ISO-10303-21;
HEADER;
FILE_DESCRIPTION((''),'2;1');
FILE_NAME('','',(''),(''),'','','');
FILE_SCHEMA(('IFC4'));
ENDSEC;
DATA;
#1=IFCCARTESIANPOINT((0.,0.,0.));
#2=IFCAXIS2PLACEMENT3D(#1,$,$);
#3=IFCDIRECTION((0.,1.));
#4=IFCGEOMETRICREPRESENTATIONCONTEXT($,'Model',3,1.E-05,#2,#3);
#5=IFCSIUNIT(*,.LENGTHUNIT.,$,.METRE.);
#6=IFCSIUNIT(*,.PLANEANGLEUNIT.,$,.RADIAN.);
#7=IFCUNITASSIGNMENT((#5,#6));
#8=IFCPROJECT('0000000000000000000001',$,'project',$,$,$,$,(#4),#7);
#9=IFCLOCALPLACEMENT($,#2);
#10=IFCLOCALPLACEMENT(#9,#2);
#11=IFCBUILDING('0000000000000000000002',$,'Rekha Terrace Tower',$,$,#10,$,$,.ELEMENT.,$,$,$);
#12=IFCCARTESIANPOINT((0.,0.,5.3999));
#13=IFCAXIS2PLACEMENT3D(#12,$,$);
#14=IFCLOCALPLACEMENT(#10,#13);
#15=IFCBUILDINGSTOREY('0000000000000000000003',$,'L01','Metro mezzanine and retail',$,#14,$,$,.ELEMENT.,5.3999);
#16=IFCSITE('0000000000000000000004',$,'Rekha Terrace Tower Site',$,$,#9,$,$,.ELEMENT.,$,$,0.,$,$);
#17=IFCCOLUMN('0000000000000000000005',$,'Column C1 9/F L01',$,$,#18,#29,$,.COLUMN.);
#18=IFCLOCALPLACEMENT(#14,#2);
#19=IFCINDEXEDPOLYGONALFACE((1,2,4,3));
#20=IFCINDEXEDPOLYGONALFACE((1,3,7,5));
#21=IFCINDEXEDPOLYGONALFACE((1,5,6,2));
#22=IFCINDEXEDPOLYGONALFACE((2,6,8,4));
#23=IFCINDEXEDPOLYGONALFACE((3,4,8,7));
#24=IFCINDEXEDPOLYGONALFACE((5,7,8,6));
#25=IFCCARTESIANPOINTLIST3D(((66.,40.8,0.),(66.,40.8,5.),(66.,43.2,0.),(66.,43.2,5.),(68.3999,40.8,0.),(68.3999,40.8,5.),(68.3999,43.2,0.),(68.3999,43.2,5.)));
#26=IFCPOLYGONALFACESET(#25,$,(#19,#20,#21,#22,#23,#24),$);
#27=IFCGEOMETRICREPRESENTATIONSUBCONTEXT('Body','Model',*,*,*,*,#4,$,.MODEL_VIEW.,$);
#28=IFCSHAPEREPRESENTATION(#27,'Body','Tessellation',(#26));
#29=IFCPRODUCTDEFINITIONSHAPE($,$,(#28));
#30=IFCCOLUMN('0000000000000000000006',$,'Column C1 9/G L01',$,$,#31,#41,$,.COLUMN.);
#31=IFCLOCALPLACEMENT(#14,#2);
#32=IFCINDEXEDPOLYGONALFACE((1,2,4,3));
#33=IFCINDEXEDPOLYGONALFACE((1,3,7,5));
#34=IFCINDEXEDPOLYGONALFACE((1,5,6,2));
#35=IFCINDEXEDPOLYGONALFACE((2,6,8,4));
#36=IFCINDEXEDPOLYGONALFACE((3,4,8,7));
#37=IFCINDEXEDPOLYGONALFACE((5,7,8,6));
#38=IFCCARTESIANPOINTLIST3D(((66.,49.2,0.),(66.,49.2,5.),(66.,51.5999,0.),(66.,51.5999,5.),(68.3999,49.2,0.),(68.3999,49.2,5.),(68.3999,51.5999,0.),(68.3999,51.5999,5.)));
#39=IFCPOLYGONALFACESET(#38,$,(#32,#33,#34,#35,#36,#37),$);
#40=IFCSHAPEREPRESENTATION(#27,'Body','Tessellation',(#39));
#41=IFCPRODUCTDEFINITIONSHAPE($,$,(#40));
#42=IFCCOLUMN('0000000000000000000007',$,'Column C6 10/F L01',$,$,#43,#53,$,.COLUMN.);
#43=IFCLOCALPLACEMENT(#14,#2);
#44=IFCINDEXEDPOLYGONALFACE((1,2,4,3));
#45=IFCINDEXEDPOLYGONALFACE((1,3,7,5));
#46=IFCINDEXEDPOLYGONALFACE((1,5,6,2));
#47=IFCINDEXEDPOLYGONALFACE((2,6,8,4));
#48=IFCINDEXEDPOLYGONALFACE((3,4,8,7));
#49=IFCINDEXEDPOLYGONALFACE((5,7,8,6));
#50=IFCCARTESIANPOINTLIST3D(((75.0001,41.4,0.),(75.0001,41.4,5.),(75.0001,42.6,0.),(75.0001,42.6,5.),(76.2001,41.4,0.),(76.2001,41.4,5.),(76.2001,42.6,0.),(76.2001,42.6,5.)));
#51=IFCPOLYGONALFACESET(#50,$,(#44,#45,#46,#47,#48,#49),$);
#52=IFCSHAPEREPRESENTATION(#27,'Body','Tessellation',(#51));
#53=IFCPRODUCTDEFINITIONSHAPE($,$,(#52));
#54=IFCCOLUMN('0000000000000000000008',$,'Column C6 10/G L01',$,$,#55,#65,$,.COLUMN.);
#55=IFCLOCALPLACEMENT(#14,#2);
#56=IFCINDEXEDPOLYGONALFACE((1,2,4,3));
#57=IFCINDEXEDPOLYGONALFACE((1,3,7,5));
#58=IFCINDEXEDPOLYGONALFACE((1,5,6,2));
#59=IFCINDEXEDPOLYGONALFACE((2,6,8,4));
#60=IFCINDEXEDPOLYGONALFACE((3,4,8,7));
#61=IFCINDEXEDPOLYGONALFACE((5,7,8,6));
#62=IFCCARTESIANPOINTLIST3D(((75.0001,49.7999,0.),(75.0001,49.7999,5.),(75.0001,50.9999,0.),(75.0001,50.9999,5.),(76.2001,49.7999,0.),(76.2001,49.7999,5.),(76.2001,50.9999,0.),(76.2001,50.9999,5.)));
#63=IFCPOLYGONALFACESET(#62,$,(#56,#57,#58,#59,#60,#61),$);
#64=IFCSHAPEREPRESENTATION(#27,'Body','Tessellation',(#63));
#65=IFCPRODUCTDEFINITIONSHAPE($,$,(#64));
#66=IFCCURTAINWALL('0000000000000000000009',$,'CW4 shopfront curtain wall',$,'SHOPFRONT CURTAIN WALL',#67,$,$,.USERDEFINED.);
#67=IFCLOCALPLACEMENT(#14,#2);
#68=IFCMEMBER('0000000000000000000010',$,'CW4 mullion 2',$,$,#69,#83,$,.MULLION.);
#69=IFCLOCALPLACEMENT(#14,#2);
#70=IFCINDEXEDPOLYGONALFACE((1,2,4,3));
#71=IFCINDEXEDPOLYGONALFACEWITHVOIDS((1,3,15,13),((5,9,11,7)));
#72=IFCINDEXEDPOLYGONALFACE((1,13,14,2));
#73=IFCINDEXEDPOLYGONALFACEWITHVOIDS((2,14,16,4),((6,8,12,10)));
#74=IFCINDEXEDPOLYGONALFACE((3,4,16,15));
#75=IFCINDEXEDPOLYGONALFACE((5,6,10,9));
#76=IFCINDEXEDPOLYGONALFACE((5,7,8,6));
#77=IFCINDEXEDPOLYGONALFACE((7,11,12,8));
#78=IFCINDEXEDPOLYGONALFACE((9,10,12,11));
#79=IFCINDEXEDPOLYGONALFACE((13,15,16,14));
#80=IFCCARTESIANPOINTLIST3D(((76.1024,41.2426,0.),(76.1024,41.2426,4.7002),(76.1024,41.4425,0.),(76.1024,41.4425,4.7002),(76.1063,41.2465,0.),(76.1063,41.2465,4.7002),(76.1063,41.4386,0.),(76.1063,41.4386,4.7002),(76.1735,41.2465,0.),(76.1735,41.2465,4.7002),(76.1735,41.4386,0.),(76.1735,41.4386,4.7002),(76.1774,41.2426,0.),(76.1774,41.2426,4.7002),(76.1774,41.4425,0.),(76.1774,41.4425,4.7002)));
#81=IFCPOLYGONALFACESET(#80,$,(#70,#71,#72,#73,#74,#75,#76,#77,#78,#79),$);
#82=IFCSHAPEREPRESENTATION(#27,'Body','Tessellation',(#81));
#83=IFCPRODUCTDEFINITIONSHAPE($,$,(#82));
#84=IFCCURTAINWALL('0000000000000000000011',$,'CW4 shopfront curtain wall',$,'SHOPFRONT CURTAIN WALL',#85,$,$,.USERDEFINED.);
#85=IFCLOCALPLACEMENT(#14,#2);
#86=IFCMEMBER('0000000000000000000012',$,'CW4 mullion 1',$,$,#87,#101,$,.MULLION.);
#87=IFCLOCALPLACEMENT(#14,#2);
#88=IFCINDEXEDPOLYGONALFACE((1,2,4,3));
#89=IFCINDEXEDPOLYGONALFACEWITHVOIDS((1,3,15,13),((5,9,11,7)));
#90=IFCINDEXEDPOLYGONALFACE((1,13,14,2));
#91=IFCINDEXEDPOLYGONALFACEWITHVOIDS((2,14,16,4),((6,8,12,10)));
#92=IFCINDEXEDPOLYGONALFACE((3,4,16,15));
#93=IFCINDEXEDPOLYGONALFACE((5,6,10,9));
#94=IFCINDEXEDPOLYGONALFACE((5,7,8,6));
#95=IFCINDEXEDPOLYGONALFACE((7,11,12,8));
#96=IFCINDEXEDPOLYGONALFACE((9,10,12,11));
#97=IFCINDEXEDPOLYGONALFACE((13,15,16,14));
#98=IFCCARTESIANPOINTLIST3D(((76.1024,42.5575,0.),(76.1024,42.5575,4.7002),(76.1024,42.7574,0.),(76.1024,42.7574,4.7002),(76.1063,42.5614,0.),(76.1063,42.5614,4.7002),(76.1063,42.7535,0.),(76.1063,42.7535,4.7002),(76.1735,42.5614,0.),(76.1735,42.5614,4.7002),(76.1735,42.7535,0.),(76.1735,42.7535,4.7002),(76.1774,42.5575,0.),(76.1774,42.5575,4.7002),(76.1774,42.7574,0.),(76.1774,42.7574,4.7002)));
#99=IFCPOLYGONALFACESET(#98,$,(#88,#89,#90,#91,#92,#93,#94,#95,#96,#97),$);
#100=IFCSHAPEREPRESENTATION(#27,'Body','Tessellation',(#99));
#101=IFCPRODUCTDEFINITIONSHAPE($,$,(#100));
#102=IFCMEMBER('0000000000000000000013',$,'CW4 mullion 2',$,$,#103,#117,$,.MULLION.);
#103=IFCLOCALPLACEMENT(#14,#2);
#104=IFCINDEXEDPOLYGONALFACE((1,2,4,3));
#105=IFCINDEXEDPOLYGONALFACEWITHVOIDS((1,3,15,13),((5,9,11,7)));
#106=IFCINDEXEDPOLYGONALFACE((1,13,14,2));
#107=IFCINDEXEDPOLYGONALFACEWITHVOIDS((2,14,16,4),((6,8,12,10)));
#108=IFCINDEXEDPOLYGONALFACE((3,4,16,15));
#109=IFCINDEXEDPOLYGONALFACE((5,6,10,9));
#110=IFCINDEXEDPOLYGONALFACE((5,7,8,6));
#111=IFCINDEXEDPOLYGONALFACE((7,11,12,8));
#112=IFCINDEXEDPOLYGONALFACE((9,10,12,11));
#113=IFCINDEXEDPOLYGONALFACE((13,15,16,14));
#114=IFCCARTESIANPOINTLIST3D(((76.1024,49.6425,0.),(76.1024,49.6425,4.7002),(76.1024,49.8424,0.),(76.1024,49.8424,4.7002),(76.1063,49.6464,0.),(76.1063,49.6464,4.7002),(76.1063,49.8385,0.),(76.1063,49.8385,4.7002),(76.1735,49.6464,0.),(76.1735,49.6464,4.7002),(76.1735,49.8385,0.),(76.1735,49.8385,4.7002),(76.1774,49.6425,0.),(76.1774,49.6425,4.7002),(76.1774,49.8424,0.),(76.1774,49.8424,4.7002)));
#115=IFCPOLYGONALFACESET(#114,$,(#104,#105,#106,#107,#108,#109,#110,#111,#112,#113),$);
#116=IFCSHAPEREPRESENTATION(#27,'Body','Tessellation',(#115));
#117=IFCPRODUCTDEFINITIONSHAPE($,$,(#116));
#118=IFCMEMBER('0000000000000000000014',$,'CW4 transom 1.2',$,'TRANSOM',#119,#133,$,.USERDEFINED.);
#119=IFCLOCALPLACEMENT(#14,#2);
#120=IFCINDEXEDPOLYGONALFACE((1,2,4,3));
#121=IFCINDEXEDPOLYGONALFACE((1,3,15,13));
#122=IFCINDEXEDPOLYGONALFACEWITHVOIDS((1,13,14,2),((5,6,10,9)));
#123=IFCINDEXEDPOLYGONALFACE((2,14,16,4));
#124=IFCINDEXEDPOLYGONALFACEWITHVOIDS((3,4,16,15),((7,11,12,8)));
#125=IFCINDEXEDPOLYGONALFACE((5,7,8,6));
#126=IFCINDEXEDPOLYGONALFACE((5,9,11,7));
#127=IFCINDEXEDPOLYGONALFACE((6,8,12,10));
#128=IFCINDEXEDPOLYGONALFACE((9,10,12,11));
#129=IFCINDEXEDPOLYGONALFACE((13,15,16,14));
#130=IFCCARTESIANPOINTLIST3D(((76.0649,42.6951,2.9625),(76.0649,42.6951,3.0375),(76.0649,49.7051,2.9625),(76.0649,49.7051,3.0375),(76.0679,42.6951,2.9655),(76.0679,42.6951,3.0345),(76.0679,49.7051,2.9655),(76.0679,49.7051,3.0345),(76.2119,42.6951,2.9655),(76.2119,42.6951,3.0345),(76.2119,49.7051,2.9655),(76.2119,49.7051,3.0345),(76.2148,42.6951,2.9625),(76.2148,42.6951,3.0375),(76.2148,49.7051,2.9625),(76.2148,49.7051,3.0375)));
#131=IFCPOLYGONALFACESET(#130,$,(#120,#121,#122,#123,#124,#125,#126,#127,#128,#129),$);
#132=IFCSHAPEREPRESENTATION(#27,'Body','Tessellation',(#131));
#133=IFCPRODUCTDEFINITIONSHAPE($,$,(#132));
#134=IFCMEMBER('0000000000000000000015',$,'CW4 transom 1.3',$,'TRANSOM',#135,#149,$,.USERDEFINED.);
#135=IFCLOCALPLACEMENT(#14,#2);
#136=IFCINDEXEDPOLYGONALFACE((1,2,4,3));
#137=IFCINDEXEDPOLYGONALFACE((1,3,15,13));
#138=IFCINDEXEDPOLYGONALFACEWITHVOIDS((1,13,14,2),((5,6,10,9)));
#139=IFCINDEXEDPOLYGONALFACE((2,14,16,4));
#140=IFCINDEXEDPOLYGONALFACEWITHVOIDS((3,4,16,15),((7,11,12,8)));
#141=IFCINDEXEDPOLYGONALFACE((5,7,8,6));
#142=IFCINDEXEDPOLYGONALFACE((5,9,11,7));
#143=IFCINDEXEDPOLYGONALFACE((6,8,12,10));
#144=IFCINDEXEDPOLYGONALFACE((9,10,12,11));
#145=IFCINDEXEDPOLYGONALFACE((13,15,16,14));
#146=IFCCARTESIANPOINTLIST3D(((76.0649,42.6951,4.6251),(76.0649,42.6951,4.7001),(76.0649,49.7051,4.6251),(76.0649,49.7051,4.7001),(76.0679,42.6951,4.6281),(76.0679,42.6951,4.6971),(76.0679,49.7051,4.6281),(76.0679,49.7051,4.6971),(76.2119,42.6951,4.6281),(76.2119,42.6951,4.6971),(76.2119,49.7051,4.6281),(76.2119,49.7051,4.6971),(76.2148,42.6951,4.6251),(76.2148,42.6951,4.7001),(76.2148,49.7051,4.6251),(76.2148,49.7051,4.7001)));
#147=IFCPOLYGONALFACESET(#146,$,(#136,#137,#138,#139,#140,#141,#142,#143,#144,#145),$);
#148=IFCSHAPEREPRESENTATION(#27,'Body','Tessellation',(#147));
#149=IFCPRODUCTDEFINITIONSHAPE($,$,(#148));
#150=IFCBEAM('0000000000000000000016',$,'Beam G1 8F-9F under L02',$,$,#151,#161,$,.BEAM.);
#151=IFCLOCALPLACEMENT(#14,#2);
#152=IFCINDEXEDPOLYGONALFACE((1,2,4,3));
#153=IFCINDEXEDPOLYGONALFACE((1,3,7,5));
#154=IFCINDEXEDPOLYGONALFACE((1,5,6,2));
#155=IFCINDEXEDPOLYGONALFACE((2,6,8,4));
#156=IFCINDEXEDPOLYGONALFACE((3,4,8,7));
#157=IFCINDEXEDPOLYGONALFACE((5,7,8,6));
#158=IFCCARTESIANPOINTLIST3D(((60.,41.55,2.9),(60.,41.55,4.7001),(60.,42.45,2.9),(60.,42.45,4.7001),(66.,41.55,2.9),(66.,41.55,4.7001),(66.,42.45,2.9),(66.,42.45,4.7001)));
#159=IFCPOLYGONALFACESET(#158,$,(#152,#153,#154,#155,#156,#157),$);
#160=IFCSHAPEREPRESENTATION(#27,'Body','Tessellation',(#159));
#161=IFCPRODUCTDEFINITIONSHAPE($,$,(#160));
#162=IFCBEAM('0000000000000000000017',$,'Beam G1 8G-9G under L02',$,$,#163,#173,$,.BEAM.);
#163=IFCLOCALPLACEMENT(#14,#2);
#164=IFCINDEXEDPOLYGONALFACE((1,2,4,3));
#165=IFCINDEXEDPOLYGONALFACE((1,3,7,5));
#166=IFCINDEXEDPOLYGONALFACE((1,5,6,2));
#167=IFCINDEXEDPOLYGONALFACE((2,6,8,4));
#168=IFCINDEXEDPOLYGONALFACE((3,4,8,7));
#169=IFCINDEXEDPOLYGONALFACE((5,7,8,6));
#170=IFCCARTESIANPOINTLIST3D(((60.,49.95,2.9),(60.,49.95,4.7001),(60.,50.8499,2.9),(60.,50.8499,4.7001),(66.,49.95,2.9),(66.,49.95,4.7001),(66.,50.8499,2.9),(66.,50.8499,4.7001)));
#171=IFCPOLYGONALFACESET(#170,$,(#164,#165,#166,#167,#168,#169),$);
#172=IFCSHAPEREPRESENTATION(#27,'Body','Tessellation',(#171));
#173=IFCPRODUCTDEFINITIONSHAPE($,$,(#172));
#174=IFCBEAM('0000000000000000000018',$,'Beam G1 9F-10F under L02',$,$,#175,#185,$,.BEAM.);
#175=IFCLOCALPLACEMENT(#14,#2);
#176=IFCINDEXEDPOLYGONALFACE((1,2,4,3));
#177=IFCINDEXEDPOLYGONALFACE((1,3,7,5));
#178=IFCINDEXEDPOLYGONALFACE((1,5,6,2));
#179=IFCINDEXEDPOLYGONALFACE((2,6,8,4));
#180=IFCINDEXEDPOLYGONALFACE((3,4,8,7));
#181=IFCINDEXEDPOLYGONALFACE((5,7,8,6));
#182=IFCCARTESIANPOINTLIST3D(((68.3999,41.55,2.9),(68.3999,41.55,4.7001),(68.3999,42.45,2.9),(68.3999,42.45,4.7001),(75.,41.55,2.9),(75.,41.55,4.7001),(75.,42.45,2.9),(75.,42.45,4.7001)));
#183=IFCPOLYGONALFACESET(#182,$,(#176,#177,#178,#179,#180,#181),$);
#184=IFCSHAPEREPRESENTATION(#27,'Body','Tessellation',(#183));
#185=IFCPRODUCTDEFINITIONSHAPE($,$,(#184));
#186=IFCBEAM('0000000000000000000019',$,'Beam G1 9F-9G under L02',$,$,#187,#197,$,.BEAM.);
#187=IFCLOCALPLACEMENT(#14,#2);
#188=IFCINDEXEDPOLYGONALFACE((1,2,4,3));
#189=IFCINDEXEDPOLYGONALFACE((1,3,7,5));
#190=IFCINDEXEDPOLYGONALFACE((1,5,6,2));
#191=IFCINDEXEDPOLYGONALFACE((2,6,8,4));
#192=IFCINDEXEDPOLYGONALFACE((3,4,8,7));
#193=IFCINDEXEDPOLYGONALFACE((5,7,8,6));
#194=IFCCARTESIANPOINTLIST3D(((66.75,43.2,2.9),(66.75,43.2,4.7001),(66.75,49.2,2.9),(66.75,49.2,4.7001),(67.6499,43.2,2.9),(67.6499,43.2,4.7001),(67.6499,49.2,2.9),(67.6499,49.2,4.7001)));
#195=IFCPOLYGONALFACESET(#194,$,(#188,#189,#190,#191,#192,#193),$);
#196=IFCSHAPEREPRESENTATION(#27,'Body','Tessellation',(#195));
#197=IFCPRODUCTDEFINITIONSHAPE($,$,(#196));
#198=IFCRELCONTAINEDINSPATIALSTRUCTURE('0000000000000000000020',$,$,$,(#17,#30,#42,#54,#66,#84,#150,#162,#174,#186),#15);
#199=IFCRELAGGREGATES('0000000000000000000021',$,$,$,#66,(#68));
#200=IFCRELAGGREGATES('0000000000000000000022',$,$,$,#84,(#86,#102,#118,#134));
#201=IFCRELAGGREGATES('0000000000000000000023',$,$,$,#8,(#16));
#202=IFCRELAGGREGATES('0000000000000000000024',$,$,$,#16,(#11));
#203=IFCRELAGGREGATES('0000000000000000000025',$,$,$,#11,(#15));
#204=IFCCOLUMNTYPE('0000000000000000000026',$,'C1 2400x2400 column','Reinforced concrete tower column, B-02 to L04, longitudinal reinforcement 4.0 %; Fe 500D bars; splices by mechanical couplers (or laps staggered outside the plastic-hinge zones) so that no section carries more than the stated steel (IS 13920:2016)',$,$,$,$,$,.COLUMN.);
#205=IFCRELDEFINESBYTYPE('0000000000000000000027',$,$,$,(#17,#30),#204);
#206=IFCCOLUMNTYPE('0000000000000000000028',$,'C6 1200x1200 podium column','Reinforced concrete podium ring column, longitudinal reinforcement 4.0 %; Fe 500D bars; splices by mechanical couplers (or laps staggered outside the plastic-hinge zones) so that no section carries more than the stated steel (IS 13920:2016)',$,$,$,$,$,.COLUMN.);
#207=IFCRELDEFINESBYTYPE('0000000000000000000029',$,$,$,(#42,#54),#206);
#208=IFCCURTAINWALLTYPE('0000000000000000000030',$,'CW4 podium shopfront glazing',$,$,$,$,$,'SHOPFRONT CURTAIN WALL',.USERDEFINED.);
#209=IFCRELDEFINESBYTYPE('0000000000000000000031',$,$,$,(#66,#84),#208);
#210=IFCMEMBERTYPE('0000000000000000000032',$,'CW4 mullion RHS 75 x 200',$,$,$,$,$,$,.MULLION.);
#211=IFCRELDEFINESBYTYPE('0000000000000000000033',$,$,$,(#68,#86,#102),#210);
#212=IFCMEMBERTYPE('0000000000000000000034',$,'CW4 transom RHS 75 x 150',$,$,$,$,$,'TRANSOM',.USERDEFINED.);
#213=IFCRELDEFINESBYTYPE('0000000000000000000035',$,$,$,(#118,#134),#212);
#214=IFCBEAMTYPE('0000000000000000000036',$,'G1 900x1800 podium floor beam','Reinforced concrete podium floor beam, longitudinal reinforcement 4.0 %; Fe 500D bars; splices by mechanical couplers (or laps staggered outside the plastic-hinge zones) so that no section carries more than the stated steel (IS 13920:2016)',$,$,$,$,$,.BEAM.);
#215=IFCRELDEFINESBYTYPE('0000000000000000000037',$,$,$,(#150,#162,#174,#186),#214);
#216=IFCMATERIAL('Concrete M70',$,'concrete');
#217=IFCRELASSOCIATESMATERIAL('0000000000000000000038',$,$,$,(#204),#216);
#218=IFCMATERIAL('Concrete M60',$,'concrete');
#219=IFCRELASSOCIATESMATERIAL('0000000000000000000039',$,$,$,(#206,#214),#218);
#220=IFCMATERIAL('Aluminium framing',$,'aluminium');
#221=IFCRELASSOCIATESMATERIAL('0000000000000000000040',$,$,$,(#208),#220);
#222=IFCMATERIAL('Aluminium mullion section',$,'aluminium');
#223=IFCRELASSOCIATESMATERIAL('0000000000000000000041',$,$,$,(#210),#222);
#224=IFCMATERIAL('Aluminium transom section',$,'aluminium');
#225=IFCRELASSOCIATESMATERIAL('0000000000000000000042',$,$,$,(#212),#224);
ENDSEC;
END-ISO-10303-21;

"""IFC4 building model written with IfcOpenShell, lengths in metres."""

from ifc_helpers import new_model, si_unit, direction, frame, origin, origin_2d, place, context, subcontext, project, spatial, rectangle, hollow_rectangle, extrude, material, material_profile, profile_set, type_object, element, aggregate, save


model = new_model("IFC4")

# Units and contexts
model_context = context("Model", 3, precision=1e-05, world=origin(), true_north=direction((0.0, 1.0)))
body_context = subcontext(model_context, "Body", "Model", "MODEL_VIEW")
ifc_project = project(units=[si_unit("LENGTHUNIT", "METRE"), si_unit("PLANEANGLEUNIT", "RADIAN")], contexts=[model_context])

# Site, building, storey
site_placement = place(None, origin())
site = spatial("IfcSite", under=ifc_project, at=site_placement, Name="Rekha Terrace Tower Site", CompositionType="ELEMENT", RefElevation=0.0)
building_placement = place(site_placement, origin())
building = spatial("IfcBuilding", under=site, at=building_placement, Name="Rekha Terrace Tower", CompositionType="ELEMENT")
storey_placement = place(building_placement, frame((0.0, 0.0, 5.3999)))
storey = spatial("IfcBuildingStorey", under=building, at=storey_placement, Name="L01", Description="Metro mezzanine and retail", CompositionType="ELEMENT", Elevation=5.3999)

# Columns
ifc_material_1 = material(Name="Concrete M70", Category="concrete")
ifc_material_profile_1 = material_profile(ifc_material_1, rectangle(XDim=2.3999, YDim=2.3999, at=origin_2d()), Name="RC 2400x2400")
ifc_profile_set_1 = profile_set([ifc_material_profile_1], Name="Concrete M70")
column_type_1 = type_object("IfcColumnType", Name="C1 2400x2400 column", Description="Reinforced concrete tower column, B-02 to L04, longitudinal reinforcement 4.0 %; Fe 500D bars; splices by mechanical couplers (or laps staggered outside the plastic-hinge zones) so that no section carries more than the stated steel (IS 13920:2016)", PredefinedType="COLUMN", material=ifc_profile_set_1)
for number, where, z_axis, x_axis, name in (
    (1, (67.2, 42.0, 0.0), (0.0, 0.0, 1.0), (1.0, 0.0, 0.0), "Column C1 9/F L01"),
    (2, (67.2, 50.3999, 0.0), (0.0, 0.0, 1.0), (1.0, 0.0, 0.0), "Column C1 9/G L01"),
):
    element("IfcColumn", number, at=place(storey_placement, frame(where, z_axis=z_axis, x_axis=x_axis)), inside=storey, type_object=column_type_1, Name=name, PredefinedType="COLUMN", context=body_context, shape_type="SweptSolid", body=[
        extrude(rectangle(XDim=2.3999, YDim=2.3999, at=origin_2d()), origin(), (0.0, 0.0, 1.0), 5.0),
    ])
ifc_material_2 = material(Name="Concrete M60", Category="concrete")
ifc_material_profile_2 = material_profile(ifc_material_2, rectangle(XDim=1.2, YDim=1.2, at=origin_2d()), Name="RC 1200x1200")
ifc_profile_set_2 = profile_set([ifc_material_profile_2], Name="Concrete M60")
column_type_2 = type_object("IfcColumnType", Name="C6 1200x1200 podium column", Description="Reinforced concrete podium ring column, longitudinal reinforcement 4.0 %; Fe 500D bars; splices by mechanical couplers (or laps staggered outside the plastic-hinge zones) so that no section carries more than the stated steel (IS 13920:2016)", PredefinedType="COLUMN", material=ifc_profile_set_2)
for number, where, z_axis, x_axis, name in (
    (3, (75.6001, 42.0, 0.0), (0.0, 0.0, 1.0), (1.0, 0.0, 0.0), "Column C6 10/F L01"),
    (4, (75.6001, 50.3999, 0.0), (0.0, 0.0, 1.0), (1.0, 0.0, 0.0), "Column C6 10/G L01"),
):
    element("IfcColumn", number, at=place(storey_placement, frame(where, z_axis=z_axis, x_axis=x_axis)), inside=storey, type_object=column_type_2, Name=name, PredefinedType="COLUMN", context=body_context, shape_type="SweptSolid", body=[
        extrude(rectangle(XDim=1.2, YDim=1.2, at=origin_2d()), origin(), (0.0, 0.0, 1.0), 5.0),
    ])

# Curtain wall, member
ifc_material_3 = material(Name="Aluminium framing", Category="aluminium")
curtain_wall_type = type_object("IfcCurtainWallType", Name="CW4 podium shopfront glazing", ElementType="SHOPFRONT CURTAIN WALL", PredefinedType="USERDEFINED", material=ifc_material_3)
curtain_wall_1_placement = place(storey_placement, origin())
curtain_wall_1 = element("IfcCurtainWall", 5, at=curtain_wall_1_placement, inside=storey, type_object=curtain_wall_type, Name="CW4 shopfront curtain wall", ObjectType="SHOPFRONT CURTAIN WALL", PredefinedType="USERDEFINED")
ifc_material_4 = material(Name="Aluminium mullion section", Category="aluminium")
ifc_material_profile_3 = material_profile(ifc_material_4, hollow_rectangle(XDim=0.075, YDim=0.2, WallThickness=0.0039, at=origin_2d()), Name="AL RHS 75x200")
ifc_profile_set_3 = profile_set([ifc_material_profile_3], Name="Aluminium mullion section")
member_type_1 = type_object("IfcMemberType", Name="CW4 mullion RHS 75 x 200", PredefinedType="MULLION", material=ifc_profile_set_3)
member_1_placement = place(storey_placement, frame((76.1399, 41.3425, 0.0), z_axis=(0.0, 0.0, 1.0), x_axis=(-1.0, 0.0, 0.0)))
member_1 = element("IfcMember", 6, at=member_1_placement, type_object=member_type_1, Name="CW4 mullion 2", PredefinedType="MULLION", context=body_context, shape_type="SweptSolid", body=[
    extrude(hollow_rectangle(XDim=0.075, YDim=0.2, WallThickness=0.0039, at=origin_2d()), origin(), (0.0, 0.0, 1.0), 4.7002),
])
aggregate(curtain_wall_1, [member_1])

# Curtain wall, members
curtain_wall_2_placement = place(storey_placement, origin())
curtain_wall_2 = element("IfcCurtainWall", 7, at=curtain_wall_2_placement, inside=storey, type_object=curtain_wall_type, Name="CW4 shopfront curtain wall", ObjectType="SHOPFRONT CURTAIN WALL", PredefinedType="USERDEFINED")
member_2_placement = place(storey_placement, frame((76.1399, 42.6575, 0.0), z_axis=(0.0, 0.0, 1.0), x_axis=(-1.0, 0.0, 0.0)))
member_2 = element("IfcMember", 8, at=member_2_placement, type_object=member_type_1, Name="CW4 mullion 1", PredefinedType="MULLION", context=body_context, shape_type="SweptSolid", body=[
    extrude(hollow_rectangle(XDim=0.075, YDim=0.2, WallThickness=0.0039, at=origin_2d()), origin(), (0.0, 0.0, 1.0), 4.7002),
])
member_3_placement = place(storey_placement, frame((76.1399, 49.7424, 0.0), z_axis=(0.0, 0.0, 1.0), x_axis=(-1.0, 0.0, 0.0)))
member_3 = element("IfcMember", 9, at=member_3_placement, type_object=member_type_1, Name="CW4 mullion 2", PredefinedType="MULLION", context=body_context, shape_type="SweptSolid", body=[
    extrude(hollow_rectangle(XDim=0.075, YDim=0.2, WallThickness=0.0039, at=origin_2d()), origin(), (0.0, 0.0, 1.0), 4.7002),
])
ifc_material_5 = material(Name="Aluminium transom section", Category="aluminium")
ifc_material_profile_4 = material_profile(ifc_material_5, hollow_rectangle(XDim=0.1499, YDim=0.075, WallThickness=0.0029, at=origin_2d()), Name="AL RHS 150x75")
ifc_profile_set_4 = profile_set([ifc_material_profile_4], Name="Aluminium transom section")
member_type_2 = type_object("IfcMemberType", Name="CW4 transom RHS 75 x 150", ElementType="TRANSOM", PredefinedType="USERDEFINED", material=ifc_profile_set_4)
member_4_placement = place(storey_placement, frame((76.1399, 42.6951, 3.0), z_axis=(0.0, 1.0, 0.0), x_axis=(-1.0, 0.0, 0.0)))
member_4 = element("IfcMember", 10, at=member_4_placement, type_object=member_type_2, Name="CW4 transom 1.2", ObjectType="TRANSOM", PredefinedType="USERDEFINED", context=body_context, shape_type="SweptSolid", body=[
    extrude(hollow_rectangle(XDim=0.1499, YDim=0.075, WallThickness=0.0029, at=origin_2d()), origin(), (0.0, 0.0, 1.0), 7.01),
])
member_5_placement = place(storey_placement, frame((76.1399, 42.6951, 4.6626), z_axis=(0.0, 1.0, 0.0), x_axis=(-1.0, 0.0, 0.0)))
member_5 = element("IfcMember", 11, at=member_5_placement, type_object=member_type_2, Name="CW4 transom 1.3", ObjectType="TRANSOM", PredefinedType="USERDEFINED", context=body_context, shape_type="SweptSolid", body=[
    extrude(hollow_rectangle(XDim=0.1499, YDim=0.075, WallThickness=0.0029, at=origin_2d()), origin(), (0.0, 0.0, 1.0), 7.01),
])

# Beams
ifc_material_profile_5 = material_profile(ifc_material_2, rectangle(XDim=0.8999, YDim=1.8, at=origin_2d()), Name="RC 900x1800")
ifc_profile_set_5 = profile_set([ifc_material_profile_5], Name="Concrete M60")
beam_type = type_object("IfcBeamType", Name="G1 900x1800 podium floor beam", Description="Reinforced concrete podium floor beam, longitudinal reinforcement 4.0 %; Fe 500D bars; splices by mechanical couplers (or laps staggered outside the plastic-hinge zones) so that no section carries more than the stated steel (IS 13920:2016)", PredefinedType="BEAM", material=ifc_profile_set_5)
for number, where, z_axis, x_axis, name in (
    (12, (60.0, 42.0, 3.8), (1.0, 0.0, 0.0), (0.0, 1.0, 0.0), "Beam G1 8F-9F under L02"),
    (13, (60.0, 50.3999, 3.8), (1.0, 0.0, 0.0), (0.0, 1.0, 0.0), "Beam G1 8G-9G under L02"),
):
    element("IfcBeam", number, at=place(storey_placement, frame(where, z_axis=z_axis, x_axis=x_axis)), inside=storey, type_object=beam_type, Name=name, PredefinedType="BEAM", context=body_context, shape_type="SweptSolid", body=[
        extrude(rectangle(XDim=0.8999, YDim=1.8, at=origin_2d()), origin(), (0.0, 0.0, 1.0), 6.0),
    ])
beam_1_placement = place(storey_placement, frame((68.3999, 42.0, 3.8), z_axis=(1.0, 0.0, 0.0), x_axis=(0.0, 1.0, 0.0)))
element("IfcBeam", 14, at=beam_1_placement, inside=storey, type_object=beam_type, Name="Beam G1 9F-10F under L02", PredefinedType="BEAM", context=body_context, shape_type="SweptSolid", body=[
    extrude(rectangle(XDim=0.8999, YDim=1.8, at=origin_2d()), origin(), (0.0, 0.0, 1.0), 6.6001),
])
beam_2_placement = place(storey_placement, frame((67.2, 43.2, 3.8), z_axis=(0.0, 1.0, 0.0), x_axis=(-1.0, 0.0, 0.0)))
element("IfcBeam", 15, at=beam_2_placement, inside=storey, type_object=beam_type, Name="Beam G1 9F-9G under L02", PredefinedType="BEAM", context=body_context, shape_type="SweptSolid", body=[
    extrude(rectangle(XDim=0.8999, YDim=1.8, at=origin_2d()), origin(), (0.0, 0.0, 1.0), 6.0),
])

aggregate(curtain_wall_2, [member_2, member_3, member_4, member_5])

save(model, "model.ifc")
